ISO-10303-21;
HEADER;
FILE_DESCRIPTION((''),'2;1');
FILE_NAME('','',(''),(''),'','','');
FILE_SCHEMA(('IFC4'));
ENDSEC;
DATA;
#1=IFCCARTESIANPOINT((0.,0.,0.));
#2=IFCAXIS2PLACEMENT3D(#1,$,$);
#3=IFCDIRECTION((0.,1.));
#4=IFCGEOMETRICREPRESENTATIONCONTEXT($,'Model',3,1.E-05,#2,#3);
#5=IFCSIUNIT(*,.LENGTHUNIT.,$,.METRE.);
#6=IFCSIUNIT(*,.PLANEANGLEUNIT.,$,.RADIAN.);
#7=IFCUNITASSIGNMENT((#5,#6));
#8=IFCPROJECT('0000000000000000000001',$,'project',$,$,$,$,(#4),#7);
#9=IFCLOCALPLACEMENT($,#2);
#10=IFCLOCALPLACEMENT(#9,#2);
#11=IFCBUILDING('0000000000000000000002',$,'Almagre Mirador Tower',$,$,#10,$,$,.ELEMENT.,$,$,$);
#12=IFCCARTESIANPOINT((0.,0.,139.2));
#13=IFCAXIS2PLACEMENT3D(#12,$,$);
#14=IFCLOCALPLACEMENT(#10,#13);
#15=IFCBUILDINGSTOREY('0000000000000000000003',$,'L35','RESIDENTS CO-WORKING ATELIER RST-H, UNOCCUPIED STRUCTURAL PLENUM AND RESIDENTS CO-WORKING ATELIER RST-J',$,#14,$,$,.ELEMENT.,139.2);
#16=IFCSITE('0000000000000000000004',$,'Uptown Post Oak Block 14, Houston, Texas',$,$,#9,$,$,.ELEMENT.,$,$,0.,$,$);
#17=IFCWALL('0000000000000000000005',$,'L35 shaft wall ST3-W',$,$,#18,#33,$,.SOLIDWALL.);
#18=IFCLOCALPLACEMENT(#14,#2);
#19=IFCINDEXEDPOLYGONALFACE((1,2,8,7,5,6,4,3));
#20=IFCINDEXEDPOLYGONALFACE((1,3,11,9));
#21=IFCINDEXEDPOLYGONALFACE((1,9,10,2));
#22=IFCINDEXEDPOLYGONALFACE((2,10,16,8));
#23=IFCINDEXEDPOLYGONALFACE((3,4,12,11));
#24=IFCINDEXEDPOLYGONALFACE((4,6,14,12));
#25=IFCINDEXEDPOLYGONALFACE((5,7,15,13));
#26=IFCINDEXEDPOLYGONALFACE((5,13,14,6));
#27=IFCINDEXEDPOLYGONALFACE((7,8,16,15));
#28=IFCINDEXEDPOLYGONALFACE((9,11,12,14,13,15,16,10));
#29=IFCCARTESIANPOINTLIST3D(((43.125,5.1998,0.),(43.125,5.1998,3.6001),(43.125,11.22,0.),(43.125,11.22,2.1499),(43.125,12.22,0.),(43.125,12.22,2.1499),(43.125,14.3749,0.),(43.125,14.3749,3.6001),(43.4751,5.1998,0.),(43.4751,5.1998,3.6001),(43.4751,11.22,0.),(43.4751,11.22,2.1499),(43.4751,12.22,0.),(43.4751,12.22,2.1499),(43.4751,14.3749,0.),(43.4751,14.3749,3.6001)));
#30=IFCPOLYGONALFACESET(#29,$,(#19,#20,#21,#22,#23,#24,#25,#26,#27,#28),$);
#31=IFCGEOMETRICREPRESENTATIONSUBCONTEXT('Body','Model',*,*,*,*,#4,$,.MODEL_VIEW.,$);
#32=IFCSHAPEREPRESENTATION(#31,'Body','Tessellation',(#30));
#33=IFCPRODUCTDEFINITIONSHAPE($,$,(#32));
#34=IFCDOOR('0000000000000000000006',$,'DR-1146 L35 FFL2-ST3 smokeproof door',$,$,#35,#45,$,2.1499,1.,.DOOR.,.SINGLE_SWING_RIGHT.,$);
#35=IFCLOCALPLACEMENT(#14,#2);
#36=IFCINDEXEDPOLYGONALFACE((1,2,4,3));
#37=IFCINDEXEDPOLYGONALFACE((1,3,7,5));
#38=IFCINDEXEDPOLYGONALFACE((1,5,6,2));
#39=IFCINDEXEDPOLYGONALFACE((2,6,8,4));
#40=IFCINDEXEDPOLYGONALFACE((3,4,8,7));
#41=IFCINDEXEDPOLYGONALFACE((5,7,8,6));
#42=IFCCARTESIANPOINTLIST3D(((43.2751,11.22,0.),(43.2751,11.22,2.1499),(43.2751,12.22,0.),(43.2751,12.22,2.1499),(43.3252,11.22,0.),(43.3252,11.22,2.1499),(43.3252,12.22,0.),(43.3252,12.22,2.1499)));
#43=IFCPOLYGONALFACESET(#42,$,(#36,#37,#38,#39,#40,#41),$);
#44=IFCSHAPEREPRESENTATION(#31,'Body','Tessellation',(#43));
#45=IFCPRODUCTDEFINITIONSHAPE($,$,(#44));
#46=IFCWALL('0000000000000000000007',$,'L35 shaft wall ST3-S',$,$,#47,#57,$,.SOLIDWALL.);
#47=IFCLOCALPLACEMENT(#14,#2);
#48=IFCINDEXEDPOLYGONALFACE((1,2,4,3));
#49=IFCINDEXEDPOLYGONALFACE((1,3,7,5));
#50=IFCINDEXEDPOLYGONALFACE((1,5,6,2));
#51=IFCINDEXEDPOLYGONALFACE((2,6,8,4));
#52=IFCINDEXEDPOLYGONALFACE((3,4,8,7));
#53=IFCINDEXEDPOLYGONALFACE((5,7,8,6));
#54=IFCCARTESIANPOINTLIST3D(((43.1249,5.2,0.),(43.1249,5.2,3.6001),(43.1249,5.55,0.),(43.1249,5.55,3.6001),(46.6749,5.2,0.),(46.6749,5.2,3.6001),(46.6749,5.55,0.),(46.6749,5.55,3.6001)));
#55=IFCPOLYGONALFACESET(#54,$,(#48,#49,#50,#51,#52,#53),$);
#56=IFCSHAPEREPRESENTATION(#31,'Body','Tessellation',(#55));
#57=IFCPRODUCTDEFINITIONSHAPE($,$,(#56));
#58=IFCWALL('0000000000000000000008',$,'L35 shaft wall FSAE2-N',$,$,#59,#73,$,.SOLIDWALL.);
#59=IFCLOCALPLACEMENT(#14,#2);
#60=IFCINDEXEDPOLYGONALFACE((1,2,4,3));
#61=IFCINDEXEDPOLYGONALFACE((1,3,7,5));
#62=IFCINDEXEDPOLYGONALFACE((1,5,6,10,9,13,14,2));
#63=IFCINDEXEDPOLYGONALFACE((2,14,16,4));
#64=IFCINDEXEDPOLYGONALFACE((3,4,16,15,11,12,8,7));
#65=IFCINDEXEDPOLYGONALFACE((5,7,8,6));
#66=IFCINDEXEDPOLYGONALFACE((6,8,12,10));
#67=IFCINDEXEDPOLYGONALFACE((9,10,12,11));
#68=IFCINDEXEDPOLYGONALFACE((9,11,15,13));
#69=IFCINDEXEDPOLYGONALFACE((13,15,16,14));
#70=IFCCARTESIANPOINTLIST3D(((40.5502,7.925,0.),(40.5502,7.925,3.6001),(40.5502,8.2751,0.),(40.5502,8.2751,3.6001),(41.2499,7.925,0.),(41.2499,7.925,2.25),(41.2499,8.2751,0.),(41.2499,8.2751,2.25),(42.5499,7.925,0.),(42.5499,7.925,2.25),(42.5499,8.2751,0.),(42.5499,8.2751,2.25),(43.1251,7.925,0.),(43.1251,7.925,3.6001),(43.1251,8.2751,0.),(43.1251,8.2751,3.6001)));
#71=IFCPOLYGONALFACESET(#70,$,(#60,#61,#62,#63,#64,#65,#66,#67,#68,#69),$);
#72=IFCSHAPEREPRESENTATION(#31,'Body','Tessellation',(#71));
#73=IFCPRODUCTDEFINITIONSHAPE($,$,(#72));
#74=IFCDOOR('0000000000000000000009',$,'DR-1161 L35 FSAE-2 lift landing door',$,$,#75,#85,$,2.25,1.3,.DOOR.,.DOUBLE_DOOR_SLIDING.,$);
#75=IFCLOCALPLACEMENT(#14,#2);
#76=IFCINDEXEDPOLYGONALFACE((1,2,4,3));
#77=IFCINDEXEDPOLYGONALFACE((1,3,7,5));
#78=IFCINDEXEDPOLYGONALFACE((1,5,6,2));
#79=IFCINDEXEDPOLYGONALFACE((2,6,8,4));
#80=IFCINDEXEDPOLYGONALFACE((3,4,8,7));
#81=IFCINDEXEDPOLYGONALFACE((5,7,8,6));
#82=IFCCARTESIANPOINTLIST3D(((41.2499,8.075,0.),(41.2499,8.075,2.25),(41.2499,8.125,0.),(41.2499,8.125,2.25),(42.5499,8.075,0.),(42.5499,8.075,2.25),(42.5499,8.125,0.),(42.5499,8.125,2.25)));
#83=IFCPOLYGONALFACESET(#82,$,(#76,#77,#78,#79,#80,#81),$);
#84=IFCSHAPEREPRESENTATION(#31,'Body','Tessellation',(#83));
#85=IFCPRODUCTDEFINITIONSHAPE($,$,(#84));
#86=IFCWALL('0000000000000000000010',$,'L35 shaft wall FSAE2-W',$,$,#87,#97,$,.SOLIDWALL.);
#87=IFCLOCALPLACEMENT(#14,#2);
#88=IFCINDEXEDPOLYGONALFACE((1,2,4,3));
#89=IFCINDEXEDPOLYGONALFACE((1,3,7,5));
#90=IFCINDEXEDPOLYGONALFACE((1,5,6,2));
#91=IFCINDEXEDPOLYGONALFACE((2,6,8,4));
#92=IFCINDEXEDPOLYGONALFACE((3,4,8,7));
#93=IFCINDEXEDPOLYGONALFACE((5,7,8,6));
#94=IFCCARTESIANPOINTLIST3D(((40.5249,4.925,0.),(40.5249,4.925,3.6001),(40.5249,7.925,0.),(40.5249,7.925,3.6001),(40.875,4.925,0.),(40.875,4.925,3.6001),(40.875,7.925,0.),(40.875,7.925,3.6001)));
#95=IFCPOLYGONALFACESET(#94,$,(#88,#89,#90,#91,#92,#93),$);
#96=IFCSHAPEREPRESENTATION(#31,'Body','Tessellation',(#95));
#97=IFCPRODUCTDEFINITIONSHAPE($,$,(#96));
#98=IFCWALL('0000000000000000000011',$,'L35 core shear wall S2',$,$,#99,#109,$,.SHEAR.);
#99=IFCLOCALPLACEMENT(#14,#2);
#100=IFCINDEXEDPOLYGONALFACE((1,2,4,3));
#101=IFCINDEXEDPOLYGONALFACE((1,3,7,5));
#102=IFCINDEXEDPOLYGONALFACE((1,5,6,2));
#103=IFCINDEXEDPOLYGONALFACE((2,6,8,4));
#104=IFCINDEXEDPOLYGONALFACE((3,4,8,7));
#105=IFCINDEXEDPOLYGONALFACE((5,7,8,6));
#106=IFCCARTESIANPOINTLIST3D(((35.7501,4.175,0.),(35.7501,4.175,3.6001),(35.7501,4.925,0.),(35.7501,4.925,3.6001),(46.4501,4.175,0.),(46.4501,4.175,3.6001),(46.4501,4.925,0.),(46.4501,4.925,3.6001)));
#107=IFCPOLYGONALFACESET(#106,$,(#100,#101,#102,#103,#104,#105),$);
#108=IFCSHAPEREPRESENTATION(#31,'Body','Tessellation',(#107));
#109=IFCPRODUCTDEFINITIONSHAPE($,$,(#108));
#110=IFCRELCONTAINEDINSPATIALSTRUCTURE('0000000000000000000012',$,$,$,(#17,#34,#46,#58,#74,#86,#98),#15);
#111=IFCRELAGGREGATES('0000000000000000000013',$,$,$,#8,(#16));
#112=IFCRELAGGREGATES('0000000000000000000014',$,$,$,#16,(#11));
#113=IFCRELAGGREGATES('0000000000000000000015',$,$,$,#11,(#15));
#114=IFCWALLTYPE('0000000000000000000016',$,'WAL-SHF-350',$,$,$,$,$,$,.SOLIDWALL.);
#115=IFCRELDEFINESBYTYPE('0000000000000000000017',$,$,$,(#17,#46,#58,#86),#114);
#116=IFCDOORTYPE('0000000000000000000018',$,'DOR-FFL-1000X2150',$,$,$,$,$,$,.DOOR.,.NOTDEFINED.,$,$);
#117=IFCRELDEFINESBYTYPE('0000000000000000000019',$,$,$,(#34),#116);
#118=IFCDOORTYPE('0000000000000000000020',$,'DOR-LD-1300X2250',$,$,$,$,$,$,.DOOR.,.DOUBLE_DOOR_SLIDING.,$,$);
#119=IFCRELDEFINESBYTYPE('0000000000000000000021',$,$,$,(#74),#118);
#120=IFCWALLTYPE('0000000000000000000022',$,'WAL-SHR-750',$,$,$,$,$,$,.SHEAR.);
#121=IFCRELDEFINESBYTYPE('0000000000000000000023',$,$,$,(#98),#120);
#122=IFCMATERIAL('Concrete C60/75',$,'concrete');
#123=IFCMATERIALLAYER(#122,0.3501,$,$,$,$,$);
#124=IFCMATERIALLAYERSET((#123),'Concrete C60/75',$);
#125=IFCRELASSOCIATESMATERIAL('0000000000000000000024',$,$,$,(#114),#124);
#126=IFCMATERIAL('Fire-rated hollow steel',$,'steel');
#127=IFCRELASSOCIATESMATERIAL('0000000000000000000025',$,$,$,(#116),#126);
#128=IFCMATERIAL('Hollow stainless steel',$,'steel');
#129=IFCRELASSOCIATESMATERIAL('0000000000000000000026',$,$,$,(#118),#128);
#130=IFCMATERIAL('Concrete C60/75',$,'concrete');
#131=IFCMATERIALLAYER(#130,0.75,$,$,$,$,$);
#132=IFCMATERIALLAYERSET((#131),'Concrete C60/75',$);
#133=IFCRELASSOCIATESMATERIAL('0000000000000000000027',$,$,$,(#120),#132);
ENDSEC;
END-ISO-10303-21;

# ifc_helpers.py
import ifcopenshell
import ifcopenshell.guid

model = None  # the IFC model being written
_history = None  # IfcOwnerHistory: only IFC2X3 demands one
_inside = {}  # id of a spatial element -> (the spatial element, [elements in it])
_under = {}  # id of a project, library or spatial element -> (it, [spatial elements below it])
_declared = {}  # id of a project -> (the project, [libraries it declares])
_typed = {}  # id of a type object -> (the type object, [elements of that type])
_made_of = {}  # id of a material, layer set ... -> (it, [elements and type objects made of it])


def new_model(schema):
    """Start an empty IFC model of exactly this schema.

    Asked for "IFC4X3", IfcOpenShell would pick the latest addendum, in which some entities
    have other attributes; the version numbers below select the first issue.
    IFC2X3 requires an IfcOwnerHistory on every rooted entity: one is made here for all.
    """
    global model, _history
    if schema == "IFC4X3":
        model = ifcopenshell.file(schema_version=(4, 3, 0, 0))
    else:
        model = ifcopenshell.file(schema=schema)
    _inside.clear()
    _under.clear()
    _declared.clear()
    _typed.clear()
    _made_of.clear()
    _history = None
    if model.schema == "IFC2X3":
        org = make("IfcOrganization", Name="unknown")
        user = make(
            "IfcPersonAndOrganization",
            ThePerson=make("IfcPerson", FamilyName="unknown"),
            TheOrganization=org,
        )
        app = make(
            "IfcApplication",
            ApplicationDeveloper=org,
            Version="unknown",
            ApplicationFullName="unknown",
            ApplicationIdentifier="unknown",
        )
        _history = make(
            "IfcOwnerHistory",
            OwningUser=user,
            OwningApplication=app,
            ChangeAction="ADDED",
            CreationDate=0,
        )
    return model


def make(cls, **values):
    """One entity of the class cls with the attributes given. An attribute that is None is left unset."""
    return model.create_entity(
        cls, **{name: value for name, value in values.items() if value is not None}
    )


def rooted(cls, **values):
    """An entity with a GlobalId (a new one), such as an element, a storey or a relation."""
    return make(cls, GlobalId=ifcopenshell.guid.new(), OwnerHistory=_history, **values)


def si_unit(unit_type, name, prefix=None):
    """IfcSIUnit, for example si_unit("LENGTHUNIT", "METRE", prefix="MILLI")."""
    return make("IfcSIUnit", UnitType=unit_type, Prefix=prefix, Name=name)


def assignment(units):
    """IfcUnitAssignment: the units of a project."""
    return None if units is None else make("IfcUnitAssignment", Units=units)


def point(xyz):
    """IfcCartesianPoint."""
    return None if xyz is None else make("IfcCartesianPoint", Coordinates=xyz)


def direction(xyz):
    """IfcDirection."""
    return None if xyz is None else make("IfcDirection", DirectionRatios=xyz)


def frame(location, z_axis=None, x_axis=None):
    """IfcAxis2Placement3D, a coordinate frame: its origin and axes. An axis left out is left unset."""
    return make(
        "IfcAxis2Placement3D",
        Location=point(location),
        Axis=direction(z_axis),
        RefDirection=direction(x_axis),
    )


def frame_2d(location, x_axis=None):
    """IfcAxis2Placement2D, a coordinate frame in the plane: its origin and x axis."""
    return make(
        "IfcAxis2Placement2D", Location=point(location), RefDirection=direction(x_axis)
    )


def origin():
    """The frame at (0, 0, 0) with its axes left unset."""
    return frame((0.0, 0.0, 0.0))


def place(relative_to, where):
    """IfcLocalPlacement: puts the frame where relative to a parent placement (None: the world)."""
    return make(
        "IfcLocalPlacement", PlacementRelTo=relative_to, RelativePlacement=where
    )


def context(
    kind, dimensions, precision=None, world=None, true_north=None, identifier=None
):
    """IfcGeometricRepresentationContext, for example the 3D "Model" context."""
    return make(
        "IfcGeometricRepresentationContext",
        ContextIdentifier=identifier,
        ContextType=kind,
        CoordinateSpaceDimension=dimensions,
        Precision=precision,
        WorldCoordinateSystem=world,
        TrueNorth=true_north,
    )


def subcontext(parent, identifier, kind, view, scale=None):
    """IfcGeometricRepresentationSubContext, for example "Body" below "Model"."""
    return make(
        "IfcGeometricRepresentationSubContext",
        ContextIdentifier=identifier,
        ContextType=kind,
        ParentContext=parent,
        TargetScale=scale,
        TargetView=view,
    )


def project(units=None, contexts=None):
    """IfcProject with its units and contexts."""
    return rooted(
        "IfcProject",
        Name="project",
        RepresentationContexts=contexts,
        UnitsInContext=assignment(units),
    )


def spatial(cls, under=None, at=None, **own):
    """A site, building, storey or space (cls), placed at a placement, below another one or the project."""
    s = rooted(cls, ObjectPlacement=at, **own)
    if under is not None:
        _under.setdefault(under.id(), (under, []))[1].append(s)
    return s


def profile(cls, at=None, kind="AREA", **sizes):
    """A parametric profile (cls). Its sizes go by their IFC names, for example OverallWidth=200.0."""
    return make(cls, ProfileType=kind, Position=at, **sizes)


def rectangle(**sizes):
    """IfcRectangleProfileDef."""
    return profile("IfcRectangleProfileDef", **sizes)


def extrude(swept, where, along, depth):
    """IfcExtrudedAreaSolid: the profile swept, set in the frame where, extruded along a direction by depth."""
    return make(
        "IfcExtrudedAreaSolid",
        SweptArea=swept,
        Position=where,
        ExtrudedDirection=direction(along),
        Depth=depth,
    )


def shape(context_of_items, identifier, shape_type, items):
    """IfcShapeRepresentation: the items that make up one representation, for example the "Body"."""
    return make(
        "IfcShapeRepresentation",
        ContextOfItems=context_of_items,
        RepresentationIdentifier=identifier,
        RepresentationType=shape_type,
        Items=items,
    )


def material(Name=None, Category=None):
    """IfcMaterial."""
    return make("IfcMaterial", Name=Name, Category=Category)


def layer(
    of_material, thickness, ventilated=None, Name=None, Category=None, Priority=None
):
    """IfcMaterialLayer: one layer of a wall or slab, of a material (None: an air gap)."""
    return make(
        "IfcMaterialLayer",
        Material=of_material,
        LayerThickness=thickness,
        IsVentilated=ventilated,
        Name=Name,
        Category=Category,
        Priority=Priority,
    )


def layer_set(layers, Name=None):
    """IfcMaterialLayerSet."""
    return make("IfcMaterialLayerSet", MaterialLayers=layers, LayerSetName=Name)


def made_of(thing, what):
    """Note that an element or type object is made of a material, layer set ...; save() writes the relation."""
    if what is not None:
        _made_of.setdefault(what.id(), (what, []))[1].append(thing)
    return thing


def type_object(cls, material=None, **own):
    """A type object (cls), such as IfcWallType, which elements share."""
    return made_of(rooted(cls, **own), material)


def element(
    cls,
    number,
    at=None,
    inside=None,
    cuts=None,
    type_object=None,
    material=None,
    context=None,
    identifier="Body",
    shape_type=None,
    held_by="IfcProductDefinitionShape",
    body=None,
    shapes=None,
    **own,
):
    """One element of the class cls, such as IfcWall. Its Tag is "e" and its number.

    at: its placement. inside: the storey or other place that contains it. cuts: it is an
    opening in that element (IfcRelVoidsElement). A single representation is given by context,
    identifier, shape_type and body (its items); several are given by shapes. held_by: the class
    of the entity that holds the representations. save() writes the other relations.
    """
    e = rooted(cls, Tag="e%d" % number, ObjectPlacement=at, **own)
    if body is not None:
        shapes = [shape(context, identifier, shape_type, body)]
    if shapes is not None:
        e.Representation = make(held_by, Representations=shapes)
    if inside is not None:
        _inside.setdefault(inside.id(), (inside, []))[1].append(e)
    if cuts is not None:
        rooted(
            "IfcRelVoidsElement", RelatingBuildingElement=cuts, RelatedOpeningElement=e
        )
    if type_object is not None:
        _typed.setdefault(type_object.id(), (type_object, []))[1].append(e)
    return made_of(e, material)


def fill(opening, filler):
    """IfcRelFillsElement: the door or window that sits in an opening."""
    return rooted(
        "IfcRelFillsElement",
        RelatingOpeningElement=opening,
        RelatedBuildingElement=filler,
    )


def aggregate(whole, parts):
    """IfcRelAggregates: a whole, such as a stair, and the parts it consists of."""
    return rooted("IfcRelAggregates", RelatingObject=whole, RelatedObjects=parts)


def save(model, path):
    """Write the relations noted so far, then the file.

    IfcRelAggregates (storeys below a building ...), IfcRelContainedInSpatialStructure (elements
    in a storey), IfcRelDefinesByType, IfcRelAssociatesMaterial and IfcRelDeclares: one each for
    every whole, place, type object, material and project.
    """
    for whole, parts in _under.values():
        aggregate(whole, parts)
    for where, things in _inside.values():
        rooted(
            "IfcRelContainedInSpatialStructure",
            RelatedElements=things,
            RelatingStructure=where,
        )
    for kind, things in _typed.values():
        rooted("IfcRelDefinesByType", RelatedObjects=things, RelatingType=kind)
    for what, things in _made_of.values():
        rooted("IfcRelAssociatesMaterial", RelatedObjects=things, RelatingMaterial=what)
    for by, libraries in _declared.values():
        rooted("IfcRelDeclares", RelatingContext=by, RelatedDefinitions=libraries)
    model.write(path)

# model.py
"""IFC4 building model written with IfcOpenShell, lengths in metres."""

from ifc_helpers import new_model, si_unit, direction, frame, frame_2d, origin, place, context, subcontext, project, spatial, rectangle, extrude, material, layer, layer_set, type_object, element, fill, save


model = new_model("IFC4")

# Units and contexts
model_context = context("Model", 3, precision=1e-05, world=origin(), true_north=direction((0.0, 1.0)))
body_context = subcontext(model_context, "Body", "Model", "MODEL_VIEW")
ifc_project = project(units=[si_unit("LENGTHUNIT", "METRE"), si_unit("PLANEANGLEUNIT", "RADIAN")], contexts=[model_context])

# Site, building, storey
site_placement = place(None, origin())
site = spatial("IfcSite", under=ifc_project, at=site_placement, Name="Uptown Post Oak Block 14, Houston, Texas", CompositionType="ELEMENT", RefElevation=0.0)
building_placement = place(site_placement, origin())
building = spatial("IfcBuilding", under=site, at=building_placement, Name="Almagre Mirador Tower", CompositionType="ELEMENT")
storey_placement = place(building_placement, frame((0.0, 0.0, 139.2)))
storey = spatial("IfcBuildingStorey", under=building, at=storey_placement, Name="L35", Description="RESIDENTS CO-WORKING ATELIER RST-H, UNOCCUPIED STRUCTURAL PLENUM AND RESIDENTS CO-WORKING ATELIER RST-J", CompositionType="ELEMENT", Elevation=139.2)

# Shared definitions
ifc_material_1 = material(Name="Concrete C60/75", Category="concrete")
ifc_layer_1 = layer(ifc_material_1, 0.3501)
ifc_layer_set_1 = layer_set([ifc_layer_1], Name="Concrete C60/75")
wall_type_1 = type_object("IfcWallType", Name="WAL-SHF-350", PredefinedType="SOLIDWALL", material=ifc_layer_set_1)
ifc_material_2 = material(Name="Fire-rated hollow steel", Category="steel")
door_type_1 = type_object("IfcDoorType", Name="DOR-FFL-1000X2150", OperationType="NOTDEFINED", PredefinedType="DOOR", material=ifc_material_2)

# Wall, opening, door
wall_1_placement = place(storey_placement, frame((43.3, 5.2, 0.0), z_axis=(0.0, 0.0, 1.0), x_axis=(0.0, 1.0, 0.0)))
wall_1 = element("IfcWall", 1, at=wall_1_placement, inside=storey, type_object=wall_type_1, Name="L35 shaft wall ST3-W", PredefinedType="SOLIDWALL", context=body_context, shape_type="SweptSolid", body=[
    extrude(rectangle(XDim=9.175, YDim=0.3501, at=frame_2d((4.5874, 0.0))), origin(), (0.0, 0.0, 1.0), 3.6001),
])
opening_1_placement = place(wall_1_placement, frame((6.02, 0.0, 0.0)))
opening_1 = element("IfcOpeningElement", 2, at=opening_1_placement, cuts=wall_1, PredefinedType="OPENING", context=body_context, shape_type="SweptSolid", body=[
    extrude(rectangle(XDim=1.0, YDim=2.1499, at=frame_2d((0.5, 1.075))), frame((0.0, 0.185, 0.0), z_axis=(0.0, -1.0, 0.0), x_axis=(1.0, 0.0, 0.0)), (0.0, 0.0, 1.0), 0.3701),
])
door_1_placement = place(opening_1_placement, origin())
door_1 = element("IfcDoor", 3, at=door_1_placement, inside=storey, type_object=door_type_1, Name="DR-1146 L35 FFL2-ST3 smokeproof door", OperationType="SINGLE_SWING_RIGHT", OverallHeight=2.1499, OverallWidth=1.0, PredefinedType="DOOR", context=body_context, shape_type="SweptSolid", body=[
    extrude(rectangle(XDim=1.0, YDim=2.1499, at=frame_2d((0.5, 1.075))), frame((0.0, 0.0249, 0.0), z_axis=(0.0, -1.0, 0.0), x_axis=(1.0, 0.0, 0.0)), (0.0, 0.0, 1.0), 0.05),
])
fill(opening_1, door_1)

# Wall
wall_2_placement = place(storey_placement, frame((43.125, 5.375, 0.0), z_axis=(0.0, 0.0, 1.0), x_axis=(1.0, 0.0, 0.0)))
element("IfcWall", 4, at=wall_2_placement, inside=storey, type_object=wall_type_1, Name="L35 shaft wall ST3-S", PredefinedType="SOLIDWALL", context=body_context, shape_type="SweptSolid", body=[
    extrude(rectangle(XDim=3.55, YDim=0.3501, at=frame_2d((1.7749, 0.0))), origin(), (0.0, 0.0, 1.0), 3.6001),
])

# Wall, opening, door
wall_3_placement = place(storey_placement, frame((40.55, 8.1001, 0.0), z_axis=(0.0, 0.0, 1.0), x_axis=(1.0, 0.0, 0.0)))
wall_3 = element("IfcWall", 5, at=wall_3_placement, inside=storey, type_object=wall_type_1, Name="L35 shaft wall FSAE2-N", PredefinedType="SOLIDWALL", context=body_context, shape_type="SweptSolid", body=[
    extrude(rectangle(XDim=2.575, YDim=0.3501, at=frame_2d((1.2876, 0.0))), origin(), (0.0, 0.0, 1.0), 3.6001),
])
opening_2_placement = place(wall_3_placement, frame((0.7, 0.0, 0.0)))
opening_2 = element("IfcOpeningElement", 6, at=opening_2_placement, cuts=wall_3, PredefinedType="OPENING", context=body_context, shape_type="SweptSolid", body=[
    extrude(rectangle(XDim=1.3, YDim=2.25, at=frame_2d((0.6499, 1.125))), frame((0.0, 0.185, 0.0), z_axis=(0.0, -1.0, 0.0), x_axis=(1.0, 0.0, 0.0)), (0.0, 0.0, 1.0), 0.3701),
])
ifc_material_3 = material(Name="Hollow stainless steel", Category="steel")
door_type_2 = type_object("IfcDoorType", Name="DOR-LD-1300X2250", OperationType="DOUBLE_DOOR_SLIDING", PredefinedType="DOOR", material=ifc_material_3)
door_2_placement = place(opening_2_placement, origin())
door_2 = element("IfcDoor", 7, at=door_2_placement, inside=storey, type_object=door_type_2, Name="DR-1161 L35 FSAE-2 lift landing door", OperationType="DOUBLE_DOOR_SLIDING", OverallHeight=2.25, OverallWidth=1.3, PredefinedType="DOOR", context=body_context, shape_type="SweptSolid", body=[
    extrude(rectangle(XDim=1.3, YDim=2.25, at=frame_2d((0.6499, 1.125))), frame((0.0, 0.0249, 0.0), z_axis=(0.0, -1.0, 0.0), x_axis=(1.0, 0.0, 0.0)), (0.0, 0.0, 1.0), 0.05),
])
fill(opening_2, door_2)

# Walls
wall_4_placement = place(storey_placement, frame((40.7, 4.925, 0.0), z_axis=(0.0, 0.0, 1.0), x_axis=(0.0, 1.0, 0.0)))
element("IfcWall", 8, at=wall_4_placement, inside=storey, type_object=wall_type_1, Name="L35 shaft wall FSAE2-W", PredefinedType="SOLIDWALL", context=body_context, shape_type="SweptSolid", body=[
    extrude(rectangle(XDim=3.0, YDim=0.3501, at=frame_2d((1.5, 0.0))), origin(), (0.0, 0.0, 1.0), 3.6001),
])
ifc_material_4 = material(Name="Concrete C60/75", Category="concrete")
ifc_layer_2 = layer(ifc_material_4, 0.75)
ifc_layer_set_2 = layer_set([ifc_layer_2], Name="Concrete C60/75")
wall_type_2 = type_object("IfcWallType", Name="WAL-SHR-750", PredefinedType="SHEAR", material=ifc_layer_set_2)
wall_5_placement = place(storey_placement, frame((35.75, 4.55, 0.0), z_axis=(0.0, 0.0, 1.0), x_axis=(1.0, 0.0, 0.0)))
element("IfcWall", 9, at=wall_5_placement, inside=storey, type_object=wall_type_2, Name="L35 core shear wall S2", PredefinedType="SHEAR", context=body_context, shape_type="SweptSolid", body=[
    extrude(rectangle(XDim=10.7, YDim=0.75, at=frame_2d((5.3501, 0.0))), origin(), (0.0, 0.0, 1.0), 3.6001),
])

save(model, "model.ifc")
